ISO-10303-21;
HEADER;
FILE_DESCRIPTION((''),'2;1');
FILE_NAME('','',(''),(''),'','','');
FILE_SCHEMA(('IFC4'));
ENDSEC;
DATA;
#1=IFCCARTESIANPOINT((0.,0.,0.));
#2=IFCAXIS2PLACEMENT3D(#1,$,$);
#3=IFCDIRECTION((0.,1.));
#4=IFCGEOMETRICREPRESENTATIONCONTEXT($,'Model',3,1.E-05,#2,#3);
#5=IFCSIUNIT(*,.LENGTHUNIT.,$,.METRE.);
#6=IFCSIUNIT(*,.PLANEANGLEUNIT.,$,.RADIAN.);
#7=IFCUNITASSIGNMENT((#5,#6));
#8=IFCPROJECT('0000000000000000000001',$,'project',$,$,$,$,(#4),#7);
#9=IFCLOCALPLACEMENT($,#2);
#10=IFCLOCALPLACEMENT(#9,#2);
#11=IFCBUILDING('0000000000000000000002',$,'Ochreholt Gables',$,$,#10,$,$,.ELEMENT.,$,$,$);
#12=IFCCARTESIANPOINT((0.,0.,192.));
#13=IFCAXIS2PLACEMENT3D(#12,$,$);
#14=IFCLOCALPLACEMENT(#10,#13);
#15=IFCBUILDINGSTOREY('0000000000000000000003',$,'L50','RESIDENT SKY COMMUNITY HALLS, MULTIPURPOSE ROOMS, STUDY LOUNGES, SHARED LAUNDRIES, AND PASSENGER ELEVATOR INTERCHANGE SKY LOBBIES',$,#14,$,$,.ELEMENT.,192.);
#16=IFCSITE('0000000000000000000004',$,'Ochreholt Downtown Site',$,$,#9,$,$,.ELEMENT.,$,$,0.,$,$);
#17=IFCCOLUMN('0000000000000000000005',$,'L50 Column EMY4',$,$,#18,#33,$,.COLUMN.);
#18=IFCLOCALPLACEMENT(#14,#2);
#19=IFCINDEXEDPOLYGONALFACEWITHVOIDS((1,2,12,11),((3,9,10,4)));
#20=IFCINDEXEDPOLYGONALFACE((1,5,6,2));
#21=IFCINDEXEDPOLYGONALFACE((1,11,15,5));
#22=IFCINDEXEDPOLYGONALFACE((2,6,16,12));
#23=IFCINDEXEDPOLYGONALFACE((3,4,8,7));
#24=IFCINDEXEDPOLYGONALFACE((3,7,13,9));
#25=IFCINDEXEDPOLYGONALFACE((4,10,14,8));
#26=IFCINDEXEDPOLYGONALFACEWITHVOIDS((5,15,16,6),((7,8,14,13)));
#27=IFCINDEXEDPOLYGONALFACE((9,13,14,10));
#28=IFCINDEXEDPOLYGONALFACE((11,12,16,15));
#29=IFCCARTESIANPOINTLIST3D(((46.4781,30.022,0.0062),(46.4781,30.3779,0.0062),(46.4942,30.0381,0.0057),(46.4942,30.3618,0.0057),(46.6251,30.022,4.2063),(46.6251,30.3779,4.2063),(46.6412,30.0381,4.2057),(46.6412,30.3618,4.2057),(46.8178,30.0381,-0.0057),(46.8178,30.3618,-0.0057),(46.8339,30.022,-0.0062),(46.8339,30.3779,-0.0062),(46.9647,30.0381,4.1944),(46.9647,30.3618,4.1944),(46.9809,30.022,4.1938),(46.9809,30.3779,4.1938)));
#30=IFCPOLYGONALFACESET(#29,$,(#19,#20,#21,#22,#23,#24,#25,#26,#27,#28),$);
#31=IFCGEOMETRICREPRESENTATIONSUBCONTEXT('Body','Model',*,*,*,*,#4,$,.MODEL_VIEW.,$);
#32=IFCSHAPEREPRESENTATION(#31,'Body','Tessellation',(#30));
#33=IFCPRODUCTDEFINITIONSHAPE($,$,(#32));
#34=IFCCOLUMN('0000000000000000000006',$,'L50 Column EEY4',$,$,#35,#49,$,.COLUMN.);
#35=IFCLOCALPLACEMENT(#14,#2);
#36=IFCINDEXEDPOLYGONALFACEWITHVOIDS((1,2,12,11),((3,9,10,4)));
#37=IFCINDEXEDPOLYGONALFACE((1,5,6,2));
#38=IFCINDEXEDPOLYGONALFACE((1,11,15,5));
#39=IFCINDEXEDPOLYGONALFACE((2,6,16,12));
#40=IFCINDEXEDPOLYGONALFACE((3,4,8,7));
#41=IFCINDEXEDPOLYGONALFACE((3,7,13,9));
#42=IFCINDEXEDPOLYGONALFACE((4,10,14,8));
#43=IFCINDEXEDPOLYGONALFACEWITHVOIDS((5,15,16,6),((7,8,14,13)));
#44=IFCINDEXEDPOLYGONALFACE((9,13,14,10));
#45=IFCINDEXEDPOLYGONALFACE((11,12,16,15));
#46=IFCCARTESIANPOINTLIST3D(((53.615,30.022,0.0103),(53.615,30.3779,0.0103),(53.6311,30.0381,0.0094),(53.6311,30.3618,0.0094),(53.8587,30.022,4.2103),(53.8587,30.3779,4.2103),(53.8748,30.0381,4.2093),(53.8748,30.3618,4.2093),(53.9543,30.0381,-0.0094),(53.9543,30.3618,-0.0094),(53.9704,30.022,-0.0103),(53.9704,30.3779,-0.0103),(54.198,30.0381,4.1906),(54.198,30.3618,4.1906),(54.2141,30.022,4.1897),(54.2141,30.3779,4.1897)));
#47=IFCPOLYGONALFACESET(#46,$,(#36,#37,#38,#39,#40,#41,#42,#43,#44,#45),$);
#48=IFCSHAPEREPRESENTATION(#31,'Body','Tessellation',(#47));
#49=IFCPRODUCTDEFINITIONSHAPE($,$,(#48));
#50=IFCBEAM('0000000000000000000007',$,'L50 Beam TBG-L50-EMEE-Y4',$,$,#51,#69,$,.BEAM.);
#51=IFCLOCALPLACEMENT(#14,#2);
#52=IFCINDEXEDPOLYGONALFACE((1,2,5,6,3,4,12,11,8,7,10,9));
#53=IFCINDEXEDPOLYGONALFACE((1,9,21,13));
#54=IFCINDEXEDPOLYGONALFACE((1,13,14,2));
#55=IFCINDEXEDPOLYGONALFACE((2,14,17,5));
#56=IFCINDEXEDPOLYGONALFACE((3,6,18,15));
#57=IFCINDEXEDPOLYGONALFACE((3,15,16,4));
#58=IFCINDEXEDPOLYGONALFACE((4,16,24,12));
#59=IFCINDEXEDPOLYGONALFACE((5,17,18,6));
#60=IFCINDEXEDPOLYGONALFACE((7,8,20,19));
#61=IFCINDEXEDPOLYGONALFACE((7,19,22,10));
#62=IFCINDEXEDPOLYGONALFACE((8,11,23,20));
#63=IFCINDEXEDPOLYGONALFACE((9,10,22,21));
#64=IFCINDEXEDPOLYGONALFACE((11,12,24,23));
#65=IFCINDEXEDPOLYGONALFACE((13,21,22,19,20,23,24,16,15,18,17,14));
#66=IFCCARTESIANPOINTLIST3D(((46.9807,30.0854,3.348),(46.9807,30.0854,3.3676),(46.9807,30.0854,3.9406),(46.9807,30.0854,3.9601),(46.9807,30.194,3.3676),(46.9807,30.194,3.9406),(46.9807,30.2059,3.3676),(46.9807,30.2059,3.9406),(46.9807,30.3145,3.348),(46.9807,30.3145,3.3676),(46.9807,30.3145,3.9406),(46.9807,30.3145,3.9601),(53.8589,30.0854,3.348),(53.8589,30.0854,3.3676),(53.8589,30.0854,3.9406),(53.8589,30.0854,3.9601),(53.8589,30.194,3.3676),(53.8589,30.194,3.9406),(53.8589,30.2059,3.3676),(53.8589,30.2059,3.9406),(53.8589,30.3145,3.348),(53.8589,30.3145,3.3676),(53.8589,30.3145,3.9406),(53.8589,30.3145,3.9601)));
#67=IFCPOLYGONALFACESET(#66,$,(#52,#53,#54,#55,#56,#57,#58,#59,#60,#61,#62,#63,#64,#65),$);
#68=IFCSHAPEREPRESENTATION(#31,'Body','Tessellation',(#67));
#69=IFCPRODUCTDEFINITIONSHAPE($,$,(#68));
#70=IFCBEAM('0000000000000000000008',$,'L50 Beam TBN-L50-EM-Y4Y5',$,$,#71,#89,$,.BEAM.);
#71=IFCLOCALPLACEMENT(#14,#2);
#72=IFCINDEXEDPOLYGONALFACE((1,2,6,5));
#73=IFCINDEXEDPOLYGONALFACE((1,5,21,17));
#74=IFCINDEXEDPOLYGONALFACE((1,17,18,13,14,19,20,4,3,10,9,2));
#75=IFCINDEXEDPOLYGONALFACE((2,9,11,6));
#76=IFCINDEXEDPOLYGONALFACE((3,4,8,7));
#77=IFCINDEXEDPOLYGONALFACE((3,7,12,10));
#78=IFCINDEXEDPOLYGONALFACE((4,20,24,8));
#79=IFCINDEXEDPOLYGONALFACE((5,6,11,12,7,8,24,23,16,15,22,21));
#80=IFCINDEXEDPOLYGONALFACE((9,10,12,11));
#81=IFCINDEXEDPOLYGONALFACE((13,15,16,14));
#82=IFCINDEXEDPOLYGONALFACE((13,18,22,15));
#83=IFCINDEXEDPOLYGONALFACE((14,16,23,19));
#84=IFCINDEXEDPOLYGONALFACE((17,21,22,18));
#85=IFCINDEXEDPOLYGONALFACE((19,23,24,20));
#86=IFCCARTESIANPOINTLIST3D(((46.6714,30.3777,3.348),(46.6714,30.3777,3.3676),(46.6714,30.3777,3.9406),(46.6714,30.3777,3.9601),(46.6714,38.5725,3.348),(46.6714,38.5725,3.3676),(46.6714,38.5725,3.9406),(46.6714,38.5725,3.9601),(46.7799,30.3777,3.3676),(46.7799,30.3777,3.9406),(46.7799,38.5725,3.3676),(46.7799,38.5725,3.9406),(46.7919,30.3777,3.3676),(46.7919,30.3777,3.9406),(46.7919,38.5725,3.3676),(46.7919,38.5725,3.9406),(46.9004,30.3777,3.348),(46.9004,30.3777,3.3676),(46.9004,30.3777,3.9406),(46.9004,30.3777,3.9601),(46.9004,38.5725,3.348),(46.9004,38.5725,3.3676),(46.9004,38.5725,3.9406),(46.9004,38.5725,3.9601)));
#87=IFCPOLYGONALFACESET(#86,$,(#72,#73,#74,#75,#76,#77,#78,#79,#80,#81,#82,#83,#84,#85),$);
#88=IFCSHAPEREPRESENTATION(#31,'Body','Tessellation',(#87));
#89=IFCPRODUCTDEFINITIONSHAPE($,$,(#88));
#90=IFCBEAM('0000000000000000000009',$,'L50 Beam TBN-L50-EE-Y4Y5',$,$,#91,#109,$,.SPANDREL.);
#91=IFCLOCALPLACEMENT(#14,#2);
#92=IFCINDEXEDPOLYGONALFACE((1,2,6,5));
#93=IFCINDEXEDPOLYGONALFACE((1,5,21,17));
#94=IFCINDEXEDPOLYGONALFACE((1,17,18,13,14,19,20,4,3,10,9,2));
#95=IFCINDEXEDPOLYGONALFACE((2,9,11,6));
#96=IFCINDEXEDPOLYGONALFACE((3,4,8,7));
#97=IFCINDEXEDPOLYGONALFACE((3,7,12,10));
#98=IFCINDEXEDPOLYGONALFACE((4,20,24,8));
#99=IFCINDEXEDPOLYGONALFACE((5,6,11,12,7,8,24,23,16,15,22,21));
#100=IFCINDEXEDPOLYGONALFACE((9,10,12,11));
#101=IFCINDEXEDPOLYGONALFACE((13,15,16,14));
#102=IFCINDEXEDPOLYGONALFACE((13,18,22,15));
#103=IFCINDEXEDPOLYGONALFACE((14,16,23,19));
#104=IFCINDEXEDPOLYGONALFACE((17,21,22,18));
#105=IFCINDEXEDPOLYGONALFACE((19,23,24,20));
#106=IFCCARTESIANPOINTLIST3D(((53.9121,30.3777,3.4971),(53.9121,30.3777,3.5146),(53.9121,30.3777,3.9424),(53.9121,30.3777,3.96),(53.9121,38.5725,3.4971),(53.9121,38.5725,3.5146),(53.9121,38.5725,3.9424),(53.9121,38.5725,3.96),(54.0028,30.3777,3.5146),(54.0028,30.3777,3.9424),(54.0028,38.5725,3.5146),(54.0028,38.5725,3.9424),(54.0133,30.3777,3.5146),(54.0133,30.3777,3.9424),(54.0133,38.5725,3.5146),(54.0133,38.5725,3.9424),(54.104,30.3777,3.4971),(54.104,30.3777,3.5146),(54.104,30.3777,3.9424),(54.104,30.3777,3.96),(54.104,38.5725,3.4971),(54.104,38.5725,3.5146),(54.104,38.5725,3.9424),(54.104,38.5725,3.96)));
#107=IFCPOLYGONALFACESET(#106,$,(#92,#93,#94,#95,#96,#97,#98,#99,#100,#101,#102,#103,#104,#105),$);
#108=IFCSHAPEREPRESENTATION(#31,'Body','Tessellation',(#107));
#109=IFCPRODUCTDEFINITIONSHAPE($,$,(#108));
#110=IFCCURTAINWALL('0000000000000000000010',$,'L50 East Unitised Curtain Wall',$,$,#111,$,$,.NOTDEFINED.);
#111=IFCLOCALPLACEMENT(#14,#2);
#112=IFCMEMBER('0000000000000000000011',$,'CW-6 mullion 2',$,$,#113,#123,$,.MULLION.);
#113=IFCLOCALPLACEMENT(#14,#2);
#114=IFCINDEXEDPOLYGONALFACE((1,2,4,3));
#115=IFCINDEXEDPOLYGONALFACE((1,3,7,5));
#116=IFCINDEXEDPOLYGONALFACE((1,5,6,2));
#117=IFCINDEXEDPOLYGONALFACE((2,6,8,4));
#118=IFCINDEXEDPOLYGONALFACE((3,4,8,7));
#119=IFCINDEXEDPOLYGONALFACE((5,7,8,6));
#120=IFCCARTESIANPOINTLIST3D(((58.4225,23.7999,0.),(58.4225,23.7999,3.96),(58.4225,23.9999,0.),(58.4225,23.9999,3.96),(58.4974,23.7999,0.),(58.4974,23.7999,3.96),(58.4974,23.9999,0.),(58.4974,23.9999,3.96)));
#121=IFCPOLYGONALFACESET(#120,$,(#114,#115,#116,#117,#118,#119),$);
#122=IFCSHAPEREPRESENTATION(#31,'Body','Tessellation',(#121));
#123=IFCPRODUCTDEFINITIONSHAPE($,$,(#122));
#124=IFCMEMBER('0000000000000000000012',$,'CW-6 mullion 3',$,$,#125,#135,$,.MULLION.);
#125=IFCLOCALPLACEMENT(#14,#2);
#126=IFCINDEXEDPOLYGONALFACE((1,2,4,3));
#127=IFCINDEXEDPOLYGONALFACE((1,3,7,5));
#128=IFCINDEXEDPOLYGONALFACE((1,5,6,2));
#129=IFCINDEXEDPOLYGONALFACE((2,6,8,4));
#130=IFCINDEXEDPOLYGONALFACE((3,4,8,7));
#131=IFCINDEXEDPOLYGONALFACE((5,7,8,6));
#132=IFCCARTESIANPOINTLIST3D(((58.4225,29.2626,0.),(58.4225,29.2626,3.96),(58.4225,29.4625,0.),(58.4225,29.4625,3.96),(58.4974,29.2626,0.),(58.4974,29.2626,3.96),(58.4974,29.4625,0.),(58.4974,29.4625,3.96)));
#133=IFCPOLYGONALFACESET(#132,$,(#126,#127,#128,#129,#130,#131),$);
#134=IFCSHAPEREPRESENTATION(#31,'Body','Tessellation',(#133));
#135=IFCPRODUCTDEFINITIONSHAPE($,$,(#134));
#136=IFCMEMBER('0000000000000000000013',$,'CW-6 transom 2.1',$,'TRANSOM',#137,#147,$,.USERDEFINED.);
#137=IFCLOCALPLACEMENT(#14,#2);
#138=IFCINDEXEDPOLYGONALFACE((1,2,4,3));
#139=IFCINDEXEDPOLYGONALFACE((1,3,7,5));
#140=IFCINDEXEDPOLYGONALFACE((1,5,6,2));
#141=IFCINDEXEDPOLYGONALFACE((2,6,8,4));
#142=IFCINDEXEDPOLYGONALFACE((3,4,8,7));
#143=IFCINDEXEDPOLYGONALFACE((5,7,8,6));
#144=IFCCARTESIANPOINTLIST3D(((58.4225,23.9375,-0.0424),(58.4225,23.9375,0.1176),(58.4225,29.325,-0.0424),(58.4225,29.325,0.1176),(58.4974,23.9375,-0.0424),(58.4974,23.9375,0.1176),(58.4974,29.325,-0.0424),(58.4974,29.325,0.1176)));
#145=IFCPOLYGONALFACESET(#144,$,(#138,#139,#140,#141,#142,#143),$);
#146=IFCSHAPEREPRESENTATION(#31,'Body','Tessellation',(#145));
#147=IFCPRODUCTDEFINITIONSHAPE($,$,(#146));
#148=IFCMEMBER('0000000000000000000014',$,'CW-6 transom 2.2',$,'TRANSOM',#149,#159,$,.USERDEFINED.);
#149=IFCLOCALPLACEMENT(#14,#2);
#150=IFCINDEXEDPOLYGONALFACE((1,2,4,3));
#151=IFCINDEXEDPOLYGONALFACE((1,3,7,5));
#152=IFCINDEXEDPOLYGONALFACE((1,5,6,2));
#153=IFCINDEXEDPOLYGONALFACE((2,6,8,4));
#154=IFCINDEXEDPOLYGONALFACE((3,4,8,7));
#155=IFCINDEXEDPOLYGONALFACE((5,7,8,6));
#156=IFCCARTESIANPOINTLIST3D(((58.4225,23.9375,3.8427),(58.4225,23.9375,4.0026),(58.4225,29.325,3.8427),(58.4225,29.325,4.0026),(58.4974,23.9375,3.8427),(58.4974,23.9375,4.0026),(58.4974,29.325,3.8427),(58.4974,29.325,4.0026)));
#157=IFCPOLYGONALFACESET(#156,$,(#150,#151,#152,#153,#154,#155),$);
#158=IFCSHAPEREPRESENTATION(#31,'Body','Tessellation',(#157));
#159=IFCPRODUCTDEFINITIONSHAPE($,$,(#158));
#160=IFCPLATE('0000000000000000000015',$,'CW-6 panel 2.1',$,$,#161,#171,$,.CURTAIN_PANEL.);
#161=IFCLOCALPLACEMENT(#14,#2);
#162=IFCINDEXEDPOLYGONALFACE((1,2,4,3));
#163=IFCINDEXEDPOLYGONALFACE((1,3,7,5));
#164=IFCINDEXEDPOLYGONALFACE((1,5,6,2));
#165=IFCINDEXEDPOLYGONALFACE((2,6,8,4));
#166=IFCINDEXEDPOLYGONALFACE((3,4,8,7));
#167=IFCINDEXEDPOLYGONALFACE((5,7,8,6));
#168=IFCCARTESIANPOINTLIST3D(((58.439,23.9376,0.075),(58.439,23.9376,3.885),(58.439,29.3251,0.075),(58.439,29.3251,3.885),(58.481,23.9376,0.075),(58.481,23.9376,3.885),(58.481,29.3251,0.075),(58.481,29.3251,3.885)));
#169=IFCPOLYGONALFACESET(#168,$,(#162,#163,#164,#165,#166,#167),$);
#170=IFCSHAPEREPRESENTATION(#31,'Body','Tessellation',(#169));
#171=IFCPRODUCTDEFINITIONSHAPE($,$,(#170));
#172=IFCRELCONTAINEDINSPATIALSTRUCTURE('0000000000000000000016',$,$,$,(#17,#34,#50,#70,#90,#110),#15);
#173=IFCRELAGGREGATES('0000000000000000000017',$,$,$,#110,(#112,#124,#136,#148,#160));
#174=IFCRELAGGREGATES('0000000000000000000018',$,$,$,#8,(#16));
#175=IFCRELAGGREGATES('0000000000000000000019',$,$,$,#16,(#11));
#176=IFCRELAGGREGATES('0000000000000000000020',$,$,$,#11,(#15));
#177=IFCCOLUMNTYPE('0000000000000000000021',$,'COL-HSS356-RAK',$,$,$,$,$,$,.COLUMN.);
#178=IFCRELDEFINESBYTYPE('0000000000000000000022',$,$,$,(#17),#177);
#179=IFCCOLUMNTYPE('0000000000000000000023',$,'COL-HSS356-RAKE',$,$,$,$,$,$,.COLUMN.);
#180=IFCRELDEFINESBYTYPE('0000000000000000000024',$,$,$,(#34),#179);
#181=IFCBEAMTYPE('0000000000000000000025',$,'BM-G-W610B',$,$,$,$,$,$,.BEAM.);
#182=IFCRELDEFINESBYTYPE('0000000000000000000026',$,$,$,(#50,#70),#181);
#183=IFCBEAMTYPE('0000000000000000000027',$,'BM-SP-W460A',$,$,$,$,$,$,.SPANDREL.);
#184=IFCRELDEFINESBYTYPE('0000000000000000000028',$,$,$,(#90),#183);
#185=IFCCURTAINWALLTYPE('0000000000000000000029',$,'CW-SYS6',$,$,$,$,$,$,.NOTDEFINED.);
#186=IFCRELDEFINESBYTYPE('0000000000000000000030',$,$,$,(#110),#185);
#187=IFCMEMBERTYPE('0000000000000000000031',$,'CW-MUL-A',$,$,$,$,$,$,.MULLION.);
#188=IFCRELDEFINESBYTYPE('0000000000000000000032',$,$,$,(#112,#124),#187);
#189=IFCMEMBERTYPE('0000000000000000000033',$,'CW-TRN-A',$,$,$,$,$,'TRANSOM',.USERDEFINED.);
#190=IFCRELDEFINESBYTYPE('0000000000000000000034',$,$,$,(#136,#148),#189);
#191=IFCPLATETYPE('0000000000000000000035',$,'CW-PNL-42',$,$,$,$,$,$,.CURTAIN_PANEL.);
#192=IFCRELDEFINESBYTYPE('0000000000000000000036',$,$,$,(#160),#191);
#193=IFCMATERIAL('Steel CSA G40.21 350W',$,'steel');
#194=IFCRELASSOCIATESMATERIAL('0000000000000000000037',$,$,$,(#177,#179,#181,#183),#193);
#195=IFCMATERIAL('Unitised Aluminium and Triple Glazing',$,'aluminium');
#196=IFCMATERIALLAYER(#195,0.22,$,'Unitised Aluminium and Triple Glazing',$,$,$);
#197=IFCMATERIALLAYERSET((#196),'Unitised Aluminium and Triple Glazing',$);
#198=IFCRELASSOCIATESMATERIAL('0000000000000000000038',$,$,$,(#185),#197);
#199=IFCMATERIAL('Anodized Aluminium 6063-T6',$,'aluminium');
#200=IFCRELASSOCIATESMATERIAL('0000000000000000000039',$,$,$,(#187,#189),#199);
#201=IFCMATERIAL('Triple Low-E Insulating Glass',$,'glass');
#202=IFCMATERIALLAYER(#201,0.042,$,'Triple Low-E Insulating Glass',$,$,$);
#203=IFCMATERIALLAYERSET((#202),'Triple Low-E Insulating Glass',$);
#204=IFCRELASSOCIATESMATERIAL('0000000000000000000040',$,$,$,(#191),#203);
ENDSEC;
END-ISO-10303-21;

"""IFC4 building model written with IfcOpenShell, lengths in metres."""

from ifc_helpers import new_model, si_unit, direction, frame, origin, origin_2d, place, context, subcontext, project, spatial, rectangle, hollow_rectangle, i_section, extrude, material, layer, layer_set, material_profile, profile_set, type_object, element, aggregate, save


model = new_model("IFC4")

# Units and contexts
model_context = context("Model", 3, precision=1e-05, world=origin(), true_north=direction((0.0, 1.0)))
body_context = subcontext(model_context, "Body", "Model", "MODEL_VIEW")
ifc_project = project(units=[si_unit("LENGTHUNIT", "METRE"), si_unit("PLANEANGLEUNIT", "RADIAN")], contexts=[model_context])

# Site, building, storey
site_placement = place(None, origin())
site = spatial("IfcSite", under=ifc_project, at=site_placement, Name="Ochreholt Downtown Site", CompositionType="ELEMENT", RefElevation=0.0)
building_placement = place(site_placement, origin())
building = spatial("IfcBuilding", under=site, at=building_placement, Name="Ochreholt Gables", CompositionType="ELEMENT")
storey_placement = place(building_placement, frame((0.0, 0.0, 192.0)))
storey = spatial("IfcBuildingStorey", under=building, at=storey_placement, Name="L50", Description="RESIDENT SKY COMMUNITY HALLS, MULTIPURPOSE ROOMS, STUDY LOUNGES, SHARED LAUNDRIES, AND PASSENGER ELEVATOR INTERCHANGE SKY LOBBIES", CompositionType="ELEMENT", Elevation=192.0)

# Columns
ifc_material_1 = material(Name="Steel CSA G40.21 350W", Category="steel")
ifc_material_profile_1 = material_profile(ifc_material_1, hollow_rectangle(XDim=0.356, YDim=0.356, WallThickness=0.0161, at=origin_2d()), Name="HSS356X356X16")
ifc_profile_set_1 = profile_set([ifc_material_profile_1], Name="Steel CSA G40.21 350W")
column_type_1 = type_object("IfcColumnType", Name="COL-HSS356-RAK", PredefinedType="COLUMN", material=ifc_profile_set_1)
column_1_placement = place(storey_placement, frame((46.656, 30.2, 0.0), z_axis=(0.034972, 0.0, 0.999388), x_axis=(0.0, 1.0, 0.0)))
element("IfcColumn", 1, at=column_1_placement, inside=storey, type_object=column_type_1, Name="L50 Column EMY4", PredefinedType="COLUMN", context=body_context, shape_type="SweptSolid", body=[
    extrude(hollow_rectangle(XDim=0.356, YDim=0.356, WallThickness=0.0161, at=origin_2d()), origin(), (0.0, 0.0, 1.0), 4.2026),
])
ifc_material_profile_2 = material_profile(ifc_material_1, hollow_rectangle(XDim=0.356, YDim=0.356, WallThickness=0.0161, at=origin_2d()), Name="HSS356X356X16")
ifc_profile_set_2 = profile_set([ifc_material_profile_2], Name="Steel CSA G40.21 350W")
column_type_2 = type_object("IfcColumnType", Name="COL-HSS356-RAKE", PredefinedType="COLUMN", material=ifc_profile_set_2)
column_2_placement = place(storey_placement, frame((53.7927, 30.2, 0.0), z_axis=(0.057916, 0.0, 0.998321), x_axis=(0.0, 1.0, 0.0)))
element("IfcColumn", 2, at=column_2_placement, inside=storey, type_object=column_type_2, Name="L50 Column EEY4", PredefinedType="COLUMN", context=body_context, shape_type="SweptSolid", body=[
    extrude(hollow_rectangle(XDim=0.356, YDim=0.356, WallThickness=0.0161, at=origin_2d()), origin(), (0.0, 0.0, 1.0), 4.207),
])

# Beams
ifc_material_profile_3 = material_profile(ifc_material_1, i_section(OverallWidth=0.229, OverallDepth=0.6121, WebThickness=0.012, FlangeThickness=0.0195, at=origin_2d()), Name="W610X125")
ifc_profile_set_3 = profile_set([ifc_material_profile_3], Name="Steel CSA G40.21 350W")
beam_type_1 = type_object("IfcBeamType", Name="BM-G-W610B", PredefinedType="BEAM", material=ifc_profile_set_3)
beam_1_placement = place(storey_placement, frame((46.9807, 30.2, 3.6541), z_axis=(1.0, 0.0, 0.0), x_axis=(0.0, 1.0, 0.0)))
element("IfcBeam", 3, at=beam_1_placement, inside=storey, type_object=beam_type_1, Name="L50 Beam TBG-L50-EMEE-Y4", PredefinedType="BEAM", context=body_context, shape_type="SweptSolid", body=[
    extrude(i_section(OverallWidth=0.229, OverallDepth=0.6121, WebThickness=0.012, FlangeThickness=0.0195, at=origin_2d()), origin(), (0.0, 0.0, 1.0), 6.8782),
])
beam_2_placement = place(storey_placement, frame((46.7859, 30.3777, 3.6541), z_axis=(0.0, 1.0, 0.0), x_axis=(-1.0, 0.0, 0.0)))
element("IfcBeam", 4, at=beam_2_placement, inside=storey, type_object=beam_type_1, Name="L50 Beam TBN-L50-EM-Y4Y5", PredefinedType="BEAM", context=body_context, shape_type="SweptSolid", body=[
    extrude(i_section(OverallWidth=0.229, OverallDepth=0.6121, WebThickness=0.012, FlangeThickness=0.0195, at=origin_2d()), origin(), (0.0, 0.0, 1.0), 8.1948),
])
ifc_material_profile_4 = material_profile(ifc_material_1, i_section(OverallWidth=0.1919, OverallDepth=0.4629, WebThickness=0.0105, FlangeThickness=0.0176, at=origin_2d()), Name="W460X89")
ifc_profile_set_4 = profile_set([ifc_material_profile_4], Name="Steel CSA G40.21 350W")
beam_type_2 = type_object("IfcBeamType", Name="BM-SP-W460A", PredefinedType="SPANDREL", material=ifc_profile_set_4)
beam_3_placement = place(storey_placement, frame((54.0081, 30.3777, 3.7285), z_axis=(0.0, 1.0, 0.0), x_axis=(-1.0, 0.0, 0.0)))
element("IfcBeam", 5, at=beam_3_placement, inside=storey, type_object=beam_type_2, Name="L50 Beam TBN-L50-EE-Y4Y5", PredefinedType="SPANDREL", context=body_context, shape_type="SweptSolid", body=[
    extrude(i_section(OverallWidth=0.1919, OverallDepth=0.4629, WebThickness=0.0105, FlangeThickness=0.0176, at=origin_2d()), origin(), (0.0, 0.0, 1.0), 8.1948),
])

# Curtain wall, members, plate
ifc_material_2 = material(Name="Unitised Aluminium and Triple Glazing", Category="aluminium")
ifc_layer_1 = layer(ifc_material_2, 0.22, Name="Unitised Aluminium and Triple Glazing")
ifc_layer_set_1 = layer_set([ifc_layer_1], Name="Unitised Aluminium and Triple Glazing")
curtain_wall_type = type_object("IfcCurtainWallType", Name="CW-SYS6", PredefinedType="NOTDEFINED", material=ifc_layer_set_1)
curtain_wall_placement = place(storey_placement, origin())
curtain_wall = element("IfcCurtainWall", 6, at=curtain_wall_placement, inside=storey, type_object=curtain_wall_type, Name="L50 East Unitised Curtain Wall", PredefinedType="NOTDEFINED")
ifc_material_3 = material(Name="Anodized Aluminium 6063-T6", Category="aluminium")
ifc_material_profile_5 = material_profile(ifc_material_3, rectangle(XDim=0.075, YDim=0.2, at=origin_2d()), Name="CWM75X200")
ifc_profile_set_5 = profile_set([ifc_material_profile_5], Name="Anodized Aluminium 6063-T6")
member_type_1 = type_object("IfcMemberType", Name="CW-MUL-A", PredefinedType="MULLION", material=ifc_profile_set_5)
member_1_placement = place(storey_placement, frame((58.46, 23.8999, 0.0), z_axis=(0.0, 0.0, 1.0), x_axis=(-1.0, 0.0, 0.0)))
member_1 = element("IfcMember", 7, at=member_1_placement, type_object=member_type_1, Name="CW-6 mullion 2", PredefinedType="MULLION", context=body_context, shape_type="SweptSolid", body=[
    extrude(rectangle(XDim=0.075, YDim=0.2, at=origin_2d()), origin(), (0.0, 0.0, 1.0), 3.96),
])
member_2_placement = place(storey_placement, frame((58.46, 29.3625, 0.0), z_axis=(0.0, 0.0, 1.0), x_axis=(-1.0, 0.0, 0.0)))
member_2 = element("IfcMember", 8, at=member_2_placement, type_object=member_type_1, Name="CW-6 mullion 3", PredefinedType="MULLION", context=body_context, shape_type="SweptSolid", body=[
    extrude(rectangle(XDim=0.075, YDim=0.2, at=origin_2d()), origin(), (0.0, 0.0, 1.0), 3.96),
])
ifc_material_profile_6 = material_profile(ifc_material_3, rectangle(XDim=0.075, YDim=0.1599, at=origin_2d()), Name="CWT75X160")
ifc_profile_set_6 = profile_set([ifc_material_profile_6], Name="Anodized Aluminium 6063-T6")
member_type_2 = type_object("IfcMemberType", Name="CW-TRN-A", ElementType="TRANSOM", PredefinedType="USERDEFINED", material=ifc_profile_set_6)
member_3_placement = place(storey_placement, frame((58.46, 23.9375, 0.0376), z_axis=(0.0, 1.0, 0.0), x_axis=(-1.0, 0.0, 0.0)))
member_3 = element("IfcMember", 9, at=member_3_placement, type_object=member_type_2, Name="CW-6 transom 2.1", ObjectType="TRANSOM", PredefinedType="USERDEFINED", context=body_context, shape_type="SweptSolid", body=[
    extrude(rectangle(XDim=0.075, YDim=0.1599, at=origin_2d()), origin(), (0.0, 0.0, 1.0), 5.3875),
])
member_4_placement = place(storey_placement, frame((58.46, 23.9375, 3.9226), z_axis=(0.0, 1.0, 0.0), x_axis=(-1.0, 0.0, 0.0)))
member_4 = element("IfcMember", 10, at=member_4_placement, type_object=member_type_2, Name="CW-6 transom 2.2", ObjectType="TRANSOM", PredefinedType="USERDEFINED", context=body_context, shape_type="SweptSolid", body=[
    extrude(rectangle(XDim=0.075, YDim=0.1599, at=origin_2d()), origin(), (0.0, 0.0, 1.0), 5.3875),
])
ifc_material_4 = material(Name="Triple Low-E Insulating Glass", Category="glass")
ifc_layer_2 = layer(ifc_material_4, 0.042, Name="Triple Low-E Insulating Glass")
ifc_layer_set_2 = layer_set([ifc_layer_2], Name="Triple Low-E Insulating Glass")
plate_type = type_object("IfcPlateType", Name="CW-PNL-42", PredefinedType="CURTAIN_PANEL", material=ifc_layer_set_2)
plate_placement = place(storey_placement, frame((58.46, 26.6313, 0.075), z_axis=(0.0, 0.0, 1.0), x_axis=(0.0, 1.0, 0.0)))
plate = element("IfcPlate", 11, at=plate_placement, type_object=plate_type, Name="CW-6 panel 2.1", PredefinedType="CURTAIN_PANEL", context=body_context, shape_type="SweptSolid", body=[
    extrude(rectangle(XDim=5.3875, YDim=0.042, at=origin_2d()), origin(), (0.0, 0.0, 1.0), 3.8101),
])
aggregate(curtain_wall, [member_1, member_2, member_3, member_4, plate])

save(model, "model.ifc")
